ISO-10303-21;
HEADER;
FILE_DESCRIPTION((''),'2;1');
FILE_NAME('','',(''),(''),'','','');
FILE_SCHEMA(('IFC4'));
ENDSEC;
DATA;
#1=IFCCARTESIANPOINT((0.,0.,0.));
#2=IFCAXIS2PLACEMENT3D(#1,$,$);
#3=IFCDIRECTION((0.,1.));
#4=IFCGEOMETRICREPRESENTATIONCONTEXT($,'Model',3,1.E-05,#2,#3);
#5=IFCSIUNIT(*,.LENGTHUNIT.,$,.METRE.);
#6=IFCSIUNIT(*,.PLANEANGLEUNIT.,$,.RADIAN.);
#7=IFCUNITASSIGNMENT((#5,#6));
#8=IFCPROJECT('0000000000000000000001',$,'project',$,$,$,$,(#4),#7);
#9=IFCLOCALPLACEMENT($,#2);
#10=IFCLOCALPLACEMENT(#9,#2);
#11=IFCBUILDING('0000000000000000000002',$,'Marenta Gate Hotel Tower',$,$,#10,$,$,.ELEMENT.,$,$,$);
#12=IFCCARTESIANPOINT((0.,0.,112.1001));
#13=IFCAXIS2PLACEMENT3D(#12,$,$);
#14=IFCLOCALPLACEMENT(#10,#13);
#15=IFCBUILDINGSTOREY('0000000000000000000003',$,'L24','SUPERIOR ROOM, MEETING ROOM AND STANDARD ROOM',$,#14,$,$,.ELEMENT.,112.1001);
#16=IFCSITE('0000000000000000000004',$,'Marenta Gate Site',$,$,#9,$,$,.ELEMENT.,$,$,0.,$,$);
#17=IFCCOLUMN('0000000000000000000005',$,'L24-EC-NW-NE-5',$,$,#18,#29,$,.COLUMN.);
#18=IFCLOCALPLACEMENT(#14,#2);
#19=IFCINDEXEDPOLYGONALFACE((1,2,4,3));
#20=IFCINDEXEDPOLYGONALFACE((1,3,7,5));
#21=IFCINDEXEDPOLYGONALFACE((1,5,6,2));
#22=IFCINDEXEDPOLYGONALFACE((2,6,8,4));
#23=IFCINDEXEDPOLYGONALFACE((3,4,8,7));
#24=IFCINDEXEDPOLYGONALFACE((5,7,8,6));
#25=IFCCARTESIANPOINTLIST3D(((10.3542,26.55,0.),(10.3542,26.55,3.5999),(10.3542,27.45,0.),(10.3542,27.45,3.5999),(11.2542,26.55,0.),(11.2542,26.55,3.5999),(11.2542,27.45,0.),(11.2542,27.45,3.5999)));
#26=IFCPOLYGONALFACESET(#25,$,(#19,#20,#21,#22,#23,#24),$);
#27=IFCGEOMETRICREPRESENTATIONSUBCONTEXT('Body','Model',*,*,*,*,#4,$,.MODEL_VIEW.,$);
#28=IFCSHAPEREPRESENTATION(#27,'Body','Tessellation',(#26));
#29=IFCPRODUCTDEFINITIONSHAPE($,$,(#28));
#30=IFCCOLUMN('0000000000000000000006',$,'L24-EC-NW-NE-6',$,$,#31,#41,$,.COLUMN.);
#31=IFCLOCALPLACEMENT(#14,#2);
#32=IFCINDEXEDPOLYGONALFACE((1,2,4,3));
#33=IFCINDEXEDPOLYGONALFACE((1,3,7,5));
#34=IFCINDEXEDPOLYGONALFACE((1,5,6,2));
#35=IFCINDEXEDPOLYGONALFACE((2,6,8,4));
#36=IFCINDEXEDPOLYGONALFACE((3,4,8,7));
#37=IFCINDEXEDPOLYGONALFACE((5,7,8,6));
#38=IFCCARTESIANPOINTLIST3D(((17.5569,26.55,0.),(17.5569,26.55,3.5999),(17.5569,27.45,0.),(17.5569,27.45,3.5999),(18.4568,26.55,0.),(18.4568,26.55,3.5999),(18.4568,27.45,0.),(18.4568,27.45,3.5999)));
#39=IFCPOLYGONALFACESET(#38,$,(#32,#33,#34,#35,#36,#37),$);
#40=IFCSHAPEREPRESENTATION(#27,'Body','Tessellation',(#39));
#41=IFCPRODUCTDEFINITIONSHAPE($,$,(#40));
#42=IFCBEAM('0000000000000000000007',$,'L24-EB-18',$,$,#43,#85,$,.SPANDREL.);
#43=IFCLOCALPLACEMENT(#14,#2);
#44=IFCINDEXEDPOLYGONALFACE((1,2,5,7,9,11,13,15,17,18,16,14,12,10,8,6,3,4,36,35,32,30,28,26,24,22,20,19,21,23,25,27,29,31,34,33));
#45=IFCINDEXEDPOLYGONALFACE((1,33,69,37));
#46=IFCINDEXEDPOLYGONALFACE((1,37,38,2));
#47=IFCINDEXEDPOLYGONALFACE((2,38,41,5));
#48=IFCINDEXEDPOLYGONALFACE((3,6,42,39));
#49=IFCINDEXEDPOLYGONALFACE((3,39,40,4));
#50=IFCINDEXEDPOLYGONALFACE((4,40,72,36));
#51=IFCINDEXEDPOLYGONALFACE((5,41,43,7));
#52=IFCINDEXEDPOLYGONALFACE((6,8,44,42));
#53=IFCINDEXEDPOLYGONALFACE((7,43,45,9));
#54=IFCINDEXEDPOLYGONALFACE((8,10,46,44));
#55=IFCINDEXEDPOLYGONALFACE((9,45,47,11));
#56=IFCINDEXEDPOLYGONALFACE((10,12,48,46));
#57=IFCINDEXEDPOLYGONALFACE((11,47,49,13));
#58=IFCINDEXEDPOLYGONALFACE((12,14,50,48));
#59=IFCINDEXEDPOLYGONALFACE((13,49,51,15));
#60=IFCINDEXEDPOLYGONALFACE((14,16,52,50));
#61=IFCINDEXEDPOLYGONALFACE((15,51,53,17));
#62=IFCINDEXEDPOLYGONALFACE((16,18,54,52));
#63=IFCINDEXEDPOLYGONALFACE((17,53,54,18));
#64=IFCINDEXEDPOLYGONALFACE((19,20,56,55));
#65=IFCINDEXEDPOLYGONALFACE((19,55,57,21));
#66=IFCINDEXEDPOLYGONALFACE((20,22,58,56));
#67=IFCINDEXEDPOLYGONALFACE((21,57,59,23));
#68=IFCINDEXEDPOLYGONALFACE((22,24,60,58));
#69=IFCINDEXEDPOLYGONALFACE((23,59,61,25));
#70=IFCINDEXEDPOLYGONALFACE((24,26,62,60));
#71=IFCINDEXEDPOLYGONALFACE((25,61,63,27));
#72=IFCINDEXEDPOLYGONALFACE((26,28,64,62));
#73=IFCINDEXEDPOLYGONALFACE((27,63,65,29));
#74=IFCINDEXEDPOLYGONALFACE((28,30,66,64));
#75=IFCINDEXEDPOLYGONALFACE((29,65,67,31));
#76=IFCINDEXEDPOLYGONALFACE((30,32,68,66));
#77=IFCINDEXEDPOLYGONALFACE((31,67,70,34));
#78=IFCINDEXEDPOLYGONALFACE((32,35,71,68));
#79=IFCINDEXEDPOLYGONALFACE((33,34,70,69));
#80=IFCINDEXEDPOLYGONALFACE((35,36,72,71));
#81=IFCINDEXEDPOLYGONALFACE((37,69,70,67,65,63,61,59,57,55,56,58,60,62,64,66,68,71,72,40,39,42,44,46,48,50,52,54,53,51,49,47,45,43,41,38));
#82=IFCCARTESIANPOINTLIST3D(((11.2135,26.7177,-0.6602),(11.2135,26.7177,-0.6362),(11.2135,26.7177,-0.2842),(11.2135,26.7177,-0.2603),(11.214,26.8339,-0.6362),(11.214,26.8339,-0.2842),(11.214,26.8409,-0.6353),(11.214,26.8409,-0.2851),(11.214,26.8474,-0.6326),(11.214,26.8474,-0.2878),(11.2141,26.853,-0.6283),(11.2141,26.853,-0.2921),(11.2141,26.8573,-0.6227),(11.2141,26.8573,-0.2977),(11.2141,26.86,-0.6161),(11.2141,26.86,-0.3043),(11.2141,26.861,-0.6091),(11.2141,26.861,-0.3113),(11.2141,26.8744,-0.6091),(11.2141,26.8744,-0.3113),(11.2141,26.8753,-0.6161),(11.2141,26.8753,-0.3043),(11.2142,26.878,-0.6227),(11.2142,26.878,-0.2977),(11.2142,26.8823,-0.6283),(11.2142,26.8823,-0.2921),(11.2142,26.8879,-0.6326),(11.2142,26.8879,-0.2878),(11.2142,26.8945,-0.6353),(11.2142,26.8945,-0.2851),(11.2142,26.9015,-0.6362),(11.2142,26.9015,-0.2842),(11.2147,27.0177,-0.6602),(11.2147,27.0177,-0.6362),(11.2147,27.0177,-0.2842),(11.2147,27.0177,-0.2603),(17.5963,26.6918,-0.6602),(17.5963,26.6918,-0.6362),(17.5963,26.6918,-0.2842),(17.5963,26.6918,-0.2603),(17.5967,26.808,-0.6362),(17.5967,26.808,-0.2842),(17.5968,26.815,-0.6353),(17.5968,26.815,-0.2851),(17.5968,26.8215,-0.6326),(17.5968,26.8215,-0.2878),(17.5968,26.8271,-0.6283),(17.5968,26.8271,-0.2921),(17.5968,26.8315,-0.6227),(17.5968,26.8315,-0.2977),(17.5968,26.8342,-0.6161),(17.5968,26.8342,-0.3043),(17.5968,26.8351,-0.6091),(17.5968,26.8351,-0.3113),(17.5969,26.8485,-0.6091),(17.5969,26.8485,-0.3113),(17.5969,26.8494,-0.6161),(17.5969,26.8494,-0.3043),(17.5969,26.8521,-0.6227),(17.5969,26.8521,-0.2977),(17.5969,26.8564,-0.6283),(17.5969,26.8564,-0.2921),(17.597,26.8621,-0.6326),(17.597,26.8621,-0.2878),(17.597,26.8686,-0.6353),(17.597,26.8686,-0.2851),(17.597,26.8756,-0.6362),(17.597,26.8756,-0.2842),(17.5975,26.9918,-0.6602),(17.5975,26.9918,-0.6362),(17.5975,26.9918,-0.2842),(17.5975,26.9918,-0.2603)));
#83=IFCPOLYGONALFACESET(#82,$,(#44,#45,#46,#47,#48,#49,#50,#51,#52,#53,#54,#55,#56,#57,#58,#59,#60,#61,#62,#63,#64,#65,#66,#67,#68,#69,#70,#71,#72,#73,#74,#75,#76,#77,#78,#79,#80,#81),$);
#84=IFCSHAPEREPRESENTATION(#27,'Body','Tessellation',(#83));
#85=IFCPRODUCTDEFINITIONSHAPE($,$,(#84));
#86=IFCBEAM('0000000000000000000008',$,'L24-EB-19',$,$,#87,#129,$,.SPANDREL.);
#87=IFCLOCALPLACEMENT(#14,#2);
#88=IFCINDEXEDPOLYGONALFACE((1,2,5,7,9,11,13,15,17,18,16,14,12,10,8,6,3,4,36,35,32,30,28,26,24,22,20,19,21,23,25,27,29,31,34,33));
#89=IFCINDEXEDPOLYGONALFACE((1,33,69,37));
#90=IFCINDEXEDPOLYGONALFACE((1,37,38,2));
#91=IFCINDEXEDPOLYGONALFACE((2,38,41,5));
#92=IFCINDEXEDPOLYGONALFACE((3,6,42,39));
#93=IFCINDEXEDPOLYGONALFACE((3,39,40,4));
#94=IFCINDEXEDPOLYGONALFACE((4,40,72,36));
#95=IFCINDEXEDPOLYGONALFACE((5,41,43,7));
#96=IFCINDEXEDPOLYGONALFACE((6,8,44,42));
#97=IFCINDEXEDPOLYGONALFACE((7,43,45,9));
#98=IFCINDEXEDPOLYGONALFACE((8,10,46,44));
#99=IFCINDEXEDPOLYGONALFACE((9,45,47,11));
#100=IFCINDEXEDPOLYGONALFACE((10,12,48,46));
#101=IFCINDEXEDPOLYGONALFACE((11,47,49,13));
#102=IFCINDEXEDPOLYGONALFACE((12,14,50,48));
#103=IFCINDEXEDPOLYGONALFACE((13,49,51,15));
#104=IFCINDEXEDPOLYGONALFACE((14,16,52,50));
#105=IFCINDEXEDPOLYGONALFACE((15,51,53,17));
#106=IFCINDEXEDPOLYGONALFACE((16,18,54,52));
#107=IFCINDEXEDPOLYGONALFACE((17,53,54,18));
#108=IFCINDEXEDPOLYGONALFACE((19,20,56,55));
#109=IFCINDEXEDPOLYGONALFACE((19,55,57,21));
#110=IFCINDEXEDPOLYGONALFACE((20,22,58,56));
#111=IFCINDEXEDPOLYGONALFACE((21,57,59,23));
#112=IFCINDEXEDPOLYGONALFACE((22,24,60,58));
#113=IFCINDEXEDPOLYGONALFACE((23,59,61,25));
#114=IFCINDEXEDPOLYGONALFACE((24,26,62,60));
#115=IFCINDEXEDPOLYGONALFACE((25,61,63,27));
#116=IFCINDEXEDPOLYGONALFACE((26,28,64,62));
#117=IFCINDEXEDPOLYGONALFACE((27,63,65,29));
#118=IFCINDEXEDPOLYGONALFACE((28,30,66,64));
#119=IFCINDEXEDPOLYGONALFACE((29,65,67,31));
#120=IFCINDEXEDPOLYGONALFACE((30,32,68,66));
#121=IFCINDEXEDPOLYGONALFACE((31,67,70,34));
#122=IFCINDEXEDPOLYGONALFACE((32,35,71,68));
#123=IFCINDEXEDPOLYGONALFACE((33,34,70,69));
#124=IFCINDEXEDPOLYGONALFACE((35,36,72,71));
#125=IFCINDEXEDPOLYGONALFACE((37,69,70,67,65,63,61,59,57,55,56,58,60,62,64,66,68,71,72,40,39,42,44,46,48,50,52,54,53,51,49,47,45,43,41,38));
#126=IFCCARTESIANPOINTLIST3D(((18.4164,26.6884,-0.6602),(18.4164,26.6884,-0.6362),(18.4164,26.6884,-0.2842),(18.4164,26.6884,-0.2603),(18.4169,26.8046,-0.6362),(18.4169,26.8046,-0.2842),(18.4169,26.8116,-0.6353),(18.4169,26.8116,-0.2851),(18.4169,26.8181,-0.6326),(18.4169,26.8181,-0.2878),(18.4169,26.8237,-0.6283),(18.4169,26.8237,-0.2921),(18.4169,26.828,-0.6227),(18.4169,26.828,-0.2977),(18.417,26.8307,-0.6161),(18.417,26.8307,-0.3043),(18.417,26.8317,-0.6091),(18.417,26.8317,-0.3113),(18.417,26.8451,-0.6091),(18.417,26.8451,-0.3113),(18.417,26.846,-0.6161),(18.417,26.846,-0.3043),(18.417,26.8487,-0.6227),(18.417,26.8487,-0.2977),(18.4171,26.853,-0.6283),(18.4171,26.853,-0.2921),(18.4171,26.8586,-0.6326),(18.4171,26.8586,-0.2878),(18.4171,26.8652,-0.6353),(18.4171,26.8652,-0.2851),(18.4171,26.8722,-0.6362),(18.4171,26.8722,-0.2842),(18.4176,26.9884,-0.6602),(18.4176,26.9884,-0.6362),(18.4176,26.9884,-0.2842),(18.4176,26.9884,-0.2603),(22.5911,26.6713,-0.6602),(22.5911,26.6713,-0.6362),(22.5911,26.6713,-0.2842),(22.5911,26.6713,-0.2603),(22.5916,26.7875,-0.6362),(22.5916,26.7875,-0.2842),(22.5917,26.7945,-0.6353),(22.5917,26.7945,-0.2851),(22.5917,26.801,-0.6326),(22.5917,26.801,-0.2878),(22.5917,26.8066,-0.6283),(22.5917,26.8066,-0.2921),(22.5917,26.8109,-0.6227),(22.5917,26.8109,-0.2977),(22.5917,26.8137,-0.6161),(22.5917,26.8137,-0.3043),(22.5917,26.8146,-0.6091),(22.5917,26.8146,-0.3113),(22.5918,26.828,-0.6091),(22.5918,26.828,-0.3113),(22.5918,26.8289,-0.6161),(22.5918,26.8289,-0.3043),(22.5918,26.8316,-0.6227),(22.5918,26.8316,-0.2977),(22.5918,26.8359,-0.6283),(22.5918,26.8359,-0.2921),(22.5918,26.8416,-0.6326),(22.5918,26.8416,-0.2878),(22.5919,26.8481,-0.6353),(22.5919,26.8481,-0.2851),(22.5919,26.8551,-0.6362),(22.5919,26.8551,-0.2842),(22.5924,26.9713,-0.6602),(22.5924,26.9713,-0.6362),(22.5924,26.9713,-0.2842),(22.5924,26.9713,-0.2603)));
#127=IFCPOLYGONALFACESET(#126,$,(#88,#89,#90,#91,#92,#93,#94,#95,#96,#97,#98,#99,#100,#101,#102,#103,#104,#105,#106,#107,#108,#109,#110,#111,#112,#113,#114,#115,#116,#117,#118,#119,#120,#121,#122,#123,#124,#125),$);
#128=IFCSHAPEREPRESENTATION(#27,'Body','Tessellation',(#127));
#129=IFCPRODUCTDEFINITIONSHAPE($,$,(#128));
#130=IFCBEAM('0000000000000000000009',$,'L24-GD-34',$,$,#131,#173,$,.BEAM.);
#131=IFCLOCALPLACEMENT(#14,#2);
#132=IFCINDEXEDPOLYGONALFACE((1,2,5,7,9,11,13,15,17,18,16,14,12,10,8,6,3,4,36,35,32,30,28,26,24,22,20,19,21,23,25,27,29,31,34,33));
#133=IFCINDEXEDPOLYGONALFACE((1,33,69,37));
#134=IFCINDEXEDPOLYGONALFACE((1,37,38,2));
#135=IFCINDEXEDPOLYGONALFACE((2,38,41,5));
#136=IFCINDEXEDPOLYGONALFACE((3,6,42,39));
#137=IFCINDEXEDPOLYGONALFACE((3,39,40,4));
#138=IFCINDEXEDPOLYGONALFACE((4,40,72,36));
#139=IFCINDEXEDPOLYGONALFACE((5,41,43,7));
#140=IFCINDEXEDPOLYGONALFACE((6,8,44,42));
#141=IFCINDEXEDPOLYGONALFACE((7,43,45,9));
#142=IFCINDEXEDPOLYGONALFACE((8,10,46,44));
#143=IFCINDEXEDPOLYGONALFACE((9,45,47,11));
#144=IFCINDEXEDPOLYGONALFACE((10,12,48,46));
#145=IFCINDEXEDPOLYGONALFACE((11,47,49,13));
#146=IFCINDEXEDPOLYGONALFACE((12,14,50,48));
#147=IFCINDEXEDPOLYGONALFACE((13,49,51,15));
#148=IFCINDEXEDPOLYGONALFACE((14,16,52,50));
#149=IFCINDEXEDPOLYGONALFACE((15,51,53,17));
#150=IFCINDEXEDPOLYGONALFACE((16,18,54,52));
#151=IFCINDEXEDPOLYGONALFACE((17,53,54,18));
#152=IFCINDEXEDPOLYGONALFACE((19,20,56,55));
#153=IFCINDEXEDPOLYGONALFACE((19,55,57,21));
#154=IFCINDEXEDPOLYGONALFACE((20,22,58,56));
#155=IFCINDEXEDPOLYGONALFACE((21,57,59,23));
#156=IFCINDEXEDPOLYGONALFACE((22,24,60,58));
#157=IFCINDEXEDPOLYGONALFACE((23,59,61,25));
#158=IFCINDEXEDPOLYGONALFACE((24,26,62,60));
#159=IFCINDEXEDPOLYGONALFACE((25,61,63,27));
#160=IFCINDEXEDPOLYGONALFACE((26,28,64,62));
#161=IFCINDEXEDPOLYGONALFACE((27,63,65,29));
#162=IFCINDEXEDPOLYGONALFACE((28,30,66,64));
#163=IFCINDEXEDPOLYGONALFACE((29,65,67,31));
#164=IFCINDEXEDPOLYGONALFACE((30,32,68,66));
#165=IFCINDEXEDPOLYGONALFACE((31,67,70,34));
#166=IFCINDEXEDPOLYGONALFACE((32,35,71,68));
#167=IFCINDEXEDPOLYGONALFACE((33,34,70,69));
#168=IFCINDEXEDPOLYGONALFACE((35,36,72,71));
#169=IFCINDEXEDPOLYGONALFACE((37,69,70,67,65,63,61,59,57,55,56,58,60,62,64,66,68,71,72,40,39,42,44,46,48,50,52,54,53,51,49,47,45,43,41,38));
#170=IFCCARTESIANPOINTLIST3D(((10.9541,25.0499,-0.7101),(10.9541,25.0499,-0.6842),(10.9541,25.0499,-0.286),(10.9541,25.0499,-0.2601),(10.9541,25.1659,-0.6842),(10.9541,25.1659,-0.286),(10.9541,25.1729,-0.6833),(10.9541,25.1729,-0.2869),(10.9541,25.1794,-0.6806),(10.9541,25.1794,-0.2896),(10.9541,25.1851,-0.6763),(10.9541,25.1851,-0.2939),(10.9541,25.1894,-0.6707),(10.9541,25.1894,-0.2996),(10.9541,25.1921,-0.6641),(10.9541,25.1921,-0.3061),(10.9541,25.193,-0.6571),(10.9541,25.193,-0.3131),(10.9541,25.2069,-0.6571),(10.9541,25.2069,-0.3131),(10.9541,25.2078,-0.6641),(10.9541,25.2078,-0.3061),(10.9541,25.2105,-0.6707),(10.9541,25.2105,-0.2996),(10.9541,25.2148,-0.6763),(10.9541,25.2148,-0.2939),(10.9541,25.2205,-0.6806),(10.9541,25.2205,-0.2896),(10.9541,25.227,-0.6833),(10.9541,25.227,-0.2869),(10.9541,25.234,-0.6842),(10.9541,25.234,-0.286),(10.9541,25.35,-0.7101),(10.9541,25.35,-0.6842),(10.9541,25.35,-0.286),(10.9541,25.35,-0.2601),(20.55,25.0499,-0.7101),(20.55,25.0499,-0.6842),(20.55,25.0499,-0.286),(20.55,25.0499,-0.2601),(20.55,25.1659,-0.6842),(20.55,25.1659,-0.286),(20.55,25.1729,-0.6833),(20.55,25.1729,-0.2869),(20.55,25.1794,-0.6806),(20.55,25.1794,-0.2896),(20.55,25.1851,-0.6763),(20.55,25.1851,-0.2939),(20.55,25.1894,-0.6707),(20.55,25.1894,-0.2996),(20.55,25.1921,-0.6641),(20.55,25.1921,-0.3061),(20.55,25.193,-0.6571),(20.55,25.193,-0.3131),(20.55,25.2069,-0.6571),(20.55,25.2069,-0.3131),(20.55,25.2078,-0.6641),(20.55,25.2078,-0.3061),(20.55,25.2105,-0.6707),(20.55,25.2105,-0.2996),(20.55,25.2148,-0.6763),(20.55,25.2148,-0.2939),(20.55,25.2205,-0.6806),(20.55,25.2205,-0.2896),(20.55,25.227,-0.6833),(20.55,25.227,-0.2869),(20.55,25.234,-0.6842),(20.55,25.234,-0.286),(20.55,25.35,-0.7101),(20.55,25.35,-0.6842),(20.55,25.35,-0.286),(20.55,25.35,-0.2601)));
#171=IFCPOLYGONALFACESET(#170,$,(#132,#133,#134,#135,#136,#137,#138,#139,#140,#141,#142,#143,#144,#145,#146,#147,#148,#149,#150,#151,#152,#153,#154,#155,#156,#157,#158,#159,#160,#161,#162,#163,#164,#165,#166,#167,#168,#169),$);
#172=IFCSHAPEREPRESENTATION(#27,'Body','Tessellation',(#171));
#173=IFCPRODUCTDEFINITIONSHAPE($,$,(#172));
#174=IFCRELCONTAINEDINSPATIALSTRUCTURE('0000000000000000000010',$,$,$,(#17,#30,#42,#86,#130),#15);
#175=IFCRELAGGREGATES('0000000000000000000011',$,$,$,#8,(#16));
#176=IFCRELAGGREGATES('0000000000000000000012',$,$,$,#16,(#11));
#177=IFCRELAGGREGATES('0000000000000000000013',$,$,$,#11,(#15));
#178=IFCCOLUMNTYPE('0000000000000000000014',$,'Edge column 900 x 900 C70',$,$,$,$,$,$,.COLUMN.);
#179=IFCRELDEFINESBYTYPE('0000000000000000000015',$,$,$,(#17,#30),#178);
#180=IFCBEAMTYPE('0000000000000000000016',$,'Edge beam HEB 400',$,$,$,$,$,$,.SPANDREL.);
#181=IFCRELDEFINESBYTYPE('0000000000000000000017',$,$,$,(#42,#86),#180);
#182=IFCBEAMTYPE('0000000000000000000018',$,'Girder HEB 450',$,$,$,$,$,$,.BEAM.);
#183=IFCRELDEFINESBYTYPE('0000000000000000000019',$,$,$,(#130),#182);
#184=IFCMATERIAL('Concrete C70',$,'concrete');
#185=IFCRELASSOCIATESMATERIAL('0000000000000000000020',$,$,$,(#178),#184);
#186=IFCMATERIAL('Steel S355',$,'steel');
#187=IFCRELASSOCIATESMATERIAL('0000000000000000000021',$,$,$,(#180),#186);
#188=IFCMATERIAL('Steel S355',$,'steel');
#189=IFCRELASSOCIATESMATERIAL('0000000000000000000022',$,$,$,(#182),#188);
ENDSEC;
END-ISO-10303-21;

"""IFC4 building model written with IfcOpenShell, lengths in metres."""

from ifc_helpers import new_model, si_unit, direction, frame, origin, origin_2d, place, context, subcontext, project, spatial, rectangle, i_section, extrude, material, material_profile, profile_set, type_object, element, save


model = new_model("IFC4")

# Units and contexts
model_context = context("Model", 3, precision=1e-05, world=origin(), true_north=direction((0.0, 1.0)))
body_context = subcontext(model_context, "Body", "Model", "MODEL_VIEW")
ifc_project = project(units=[si_unit("LENGTHUNIT", "METRE"), si_unit("PLANEANGLEUNIT", "RADIAN")], contexts=[model_context])

# Site, building, storey
site_placement = place(None, origin())
site = spatial("IfcSite", under=ifc_project, at=site_placement, Name="Marenta Gate Site", CompositionType="ELEMENT", RefElevation=0.0)
building_placement = place(site_placement, origin())
building = spatial("IfcBuilding", under=site, at=building_placement, Name="Marenta Gate Hotel Tower", CompositionType="ELEMENT")
storey_placement = place(building_placement, frame((0.0, 0.0, 112.1001)))
storey = spatial("IfcBuildingStorey", under=building, at=storey_placement, Name="L24", Description="SUPERIOR ROOM, MEETING ROOM AND STANDARD ROOM", CompositionType="ELEMENT", Elevation=112.1001)

# Columns
ifc_material_1 = material(Name="Concrete C70", Category="concrete")
ifc_material_profile_1 = material_profile(ifc_material_1, rectangle(XDim=0.8999, YDim=0.8999, at=origin_2d()), Name="900 x 900")
ifc_profile_set_1 = profile_set([ifc_material_profile_1], Name="Concrete C70")
column_type = type_object("IfcColumnType", Name="Edge column 900 x 900 C70", PredefinedType="COLUMN", material=ifc_profile_set_1)
for number, where, z_axis, x_axis, name in (
    (1, (10.8042, 27.0, 0.0), (0.0, 0.0, 1.0), (1.0, 0.0, 0.0), "L24-EC-NW-NE-5"),
    (2, (18.0068, 27.0, 0.0), (0.0, 0.0, 1.0), (1.0, 0.0, 0.0), "L24-EC-NW-NE-6"),
):
    element("IfcColumn", number, at=place(storey_placement, frame(where, z_axis=z_axis, x_axis=x_axis)), inside=storey, type_object=column_type, Name=name, PredefinedType="COLUMN", context=body_context, shape_type="SweptSolid", body=[
        extrude(rectangle(XDim=0.8999, YDim=0.8999, at=origin_2d()), origin(), (0.0, 0.0, 1.0), 3.5999),
    ])

# Beams
ifc_material_2 = material(Name="Steel S355", Category="steel")
ifc_material_profile_2 = material_profile(ifc_material_2, i_section(OverallWidth=0.3, OverallDepth=0.3999, WebThickness=0.0134, FlangeThickness=0.0239, FilletRadius=0.0271, at=origin_2d()), Name="HEB 400")
ifc_profile_set_2 = profile_set([ifc_material_profile_2], Name="Steel S355")
beam_type_1 = type_object("IfcBeamType", Name="Edge beam HEB 400", PredefinedType="SPANDREL", material=ifc_profile_set_2)
beam_1_placement = place(storey_placement, frame((11.2141, 26.8677, -0.4602), z_axis=(0.999992, -0.004054, 0.0), x_axis=(0.004054, 0.999992, 0.0)))
element("IfcBeam", 3, at=beam_1_placement, inside=storey, type_object=beam_type_1, Name="L24-EB-18", PredefinedType="SPANDREL", context=body_context, shape_type="SweptSolid", body=[
    extrude(i_section(OverallWidth=0.3, OverallDepth=0.3999, WebThickness=0.0134, FlangeThickness=0.0239, FilletRadius=0.0271, at=origin_2d()), origin(), (0.0, 0.0, 1.0), 6.3828),
])
beam_2_placement = place(storey_placement, frame((18.417, 26.8384, -0.4602), z_axis=(0.999992, -0.004094, 0.0), x_axis=(0.004094, 0.999992, 0.0)))
element("IfcBeam", 4, at=beam_2_placement, inside=storey, type_object=beam_type_1, Name="L24-EB-19", PredefinedType="SPANDREL", context=body_context, shape_type="SweptSolid", body=[
    extrude(i_section(OverallWidth=0.3, OverallDepth=0.3999, WebThickness=0.0134, FlangeThickness=0.0239, FilletRadius=0.0271, at=origin_2d()), origin(), (0.0, 0.0, 1.0), 4.1748),
])
ifc_material_3 = material(Name="Steel S355", Category="steel")
ifc_material_profile_3 = material_profile(ifc_material_3, i_section(OverallWidth=0.3, OverallDepth=0.45, WebThickness=0.0139, FlangeThickness=0.0259, FilletRadius=0.0271, at=origin_2d()), Name="HEB 450")
ifc_profile_set_3 = profile_set([ifc_material_profile_3], Name="Steel S355")
beam_type_2 = type_object("IfcBeamType", Name="Girder HEB 450", PredefinedType="BEAM", material=ifc_profile_set_3)
beam_3_placement = place(storey_placement, frame((10.9541, 25.2, -0.4851), z_axis=(1.0, 0.0, 0.0), x_axis=(0.0, 1.0, 0.0)))
element("IfcBeam", 5, at=beam_3_placement, inside=storey, type_object=beam_type_2, Name="L24-GD-34", PredefinedType="BEAM", context=body_context, shape_type="SweptSolid", body=[
    extrude(i_section(OverallWidth=0.3, OverallDepth=0.45, WebThickness=0.0139, FlangeThickness=0.0259, FilletRadius=0.0271, at=origin_2d()), origin(), (0.0, 0.0, 1.0), 9.5959),
])

save(model, "model.ifc")
